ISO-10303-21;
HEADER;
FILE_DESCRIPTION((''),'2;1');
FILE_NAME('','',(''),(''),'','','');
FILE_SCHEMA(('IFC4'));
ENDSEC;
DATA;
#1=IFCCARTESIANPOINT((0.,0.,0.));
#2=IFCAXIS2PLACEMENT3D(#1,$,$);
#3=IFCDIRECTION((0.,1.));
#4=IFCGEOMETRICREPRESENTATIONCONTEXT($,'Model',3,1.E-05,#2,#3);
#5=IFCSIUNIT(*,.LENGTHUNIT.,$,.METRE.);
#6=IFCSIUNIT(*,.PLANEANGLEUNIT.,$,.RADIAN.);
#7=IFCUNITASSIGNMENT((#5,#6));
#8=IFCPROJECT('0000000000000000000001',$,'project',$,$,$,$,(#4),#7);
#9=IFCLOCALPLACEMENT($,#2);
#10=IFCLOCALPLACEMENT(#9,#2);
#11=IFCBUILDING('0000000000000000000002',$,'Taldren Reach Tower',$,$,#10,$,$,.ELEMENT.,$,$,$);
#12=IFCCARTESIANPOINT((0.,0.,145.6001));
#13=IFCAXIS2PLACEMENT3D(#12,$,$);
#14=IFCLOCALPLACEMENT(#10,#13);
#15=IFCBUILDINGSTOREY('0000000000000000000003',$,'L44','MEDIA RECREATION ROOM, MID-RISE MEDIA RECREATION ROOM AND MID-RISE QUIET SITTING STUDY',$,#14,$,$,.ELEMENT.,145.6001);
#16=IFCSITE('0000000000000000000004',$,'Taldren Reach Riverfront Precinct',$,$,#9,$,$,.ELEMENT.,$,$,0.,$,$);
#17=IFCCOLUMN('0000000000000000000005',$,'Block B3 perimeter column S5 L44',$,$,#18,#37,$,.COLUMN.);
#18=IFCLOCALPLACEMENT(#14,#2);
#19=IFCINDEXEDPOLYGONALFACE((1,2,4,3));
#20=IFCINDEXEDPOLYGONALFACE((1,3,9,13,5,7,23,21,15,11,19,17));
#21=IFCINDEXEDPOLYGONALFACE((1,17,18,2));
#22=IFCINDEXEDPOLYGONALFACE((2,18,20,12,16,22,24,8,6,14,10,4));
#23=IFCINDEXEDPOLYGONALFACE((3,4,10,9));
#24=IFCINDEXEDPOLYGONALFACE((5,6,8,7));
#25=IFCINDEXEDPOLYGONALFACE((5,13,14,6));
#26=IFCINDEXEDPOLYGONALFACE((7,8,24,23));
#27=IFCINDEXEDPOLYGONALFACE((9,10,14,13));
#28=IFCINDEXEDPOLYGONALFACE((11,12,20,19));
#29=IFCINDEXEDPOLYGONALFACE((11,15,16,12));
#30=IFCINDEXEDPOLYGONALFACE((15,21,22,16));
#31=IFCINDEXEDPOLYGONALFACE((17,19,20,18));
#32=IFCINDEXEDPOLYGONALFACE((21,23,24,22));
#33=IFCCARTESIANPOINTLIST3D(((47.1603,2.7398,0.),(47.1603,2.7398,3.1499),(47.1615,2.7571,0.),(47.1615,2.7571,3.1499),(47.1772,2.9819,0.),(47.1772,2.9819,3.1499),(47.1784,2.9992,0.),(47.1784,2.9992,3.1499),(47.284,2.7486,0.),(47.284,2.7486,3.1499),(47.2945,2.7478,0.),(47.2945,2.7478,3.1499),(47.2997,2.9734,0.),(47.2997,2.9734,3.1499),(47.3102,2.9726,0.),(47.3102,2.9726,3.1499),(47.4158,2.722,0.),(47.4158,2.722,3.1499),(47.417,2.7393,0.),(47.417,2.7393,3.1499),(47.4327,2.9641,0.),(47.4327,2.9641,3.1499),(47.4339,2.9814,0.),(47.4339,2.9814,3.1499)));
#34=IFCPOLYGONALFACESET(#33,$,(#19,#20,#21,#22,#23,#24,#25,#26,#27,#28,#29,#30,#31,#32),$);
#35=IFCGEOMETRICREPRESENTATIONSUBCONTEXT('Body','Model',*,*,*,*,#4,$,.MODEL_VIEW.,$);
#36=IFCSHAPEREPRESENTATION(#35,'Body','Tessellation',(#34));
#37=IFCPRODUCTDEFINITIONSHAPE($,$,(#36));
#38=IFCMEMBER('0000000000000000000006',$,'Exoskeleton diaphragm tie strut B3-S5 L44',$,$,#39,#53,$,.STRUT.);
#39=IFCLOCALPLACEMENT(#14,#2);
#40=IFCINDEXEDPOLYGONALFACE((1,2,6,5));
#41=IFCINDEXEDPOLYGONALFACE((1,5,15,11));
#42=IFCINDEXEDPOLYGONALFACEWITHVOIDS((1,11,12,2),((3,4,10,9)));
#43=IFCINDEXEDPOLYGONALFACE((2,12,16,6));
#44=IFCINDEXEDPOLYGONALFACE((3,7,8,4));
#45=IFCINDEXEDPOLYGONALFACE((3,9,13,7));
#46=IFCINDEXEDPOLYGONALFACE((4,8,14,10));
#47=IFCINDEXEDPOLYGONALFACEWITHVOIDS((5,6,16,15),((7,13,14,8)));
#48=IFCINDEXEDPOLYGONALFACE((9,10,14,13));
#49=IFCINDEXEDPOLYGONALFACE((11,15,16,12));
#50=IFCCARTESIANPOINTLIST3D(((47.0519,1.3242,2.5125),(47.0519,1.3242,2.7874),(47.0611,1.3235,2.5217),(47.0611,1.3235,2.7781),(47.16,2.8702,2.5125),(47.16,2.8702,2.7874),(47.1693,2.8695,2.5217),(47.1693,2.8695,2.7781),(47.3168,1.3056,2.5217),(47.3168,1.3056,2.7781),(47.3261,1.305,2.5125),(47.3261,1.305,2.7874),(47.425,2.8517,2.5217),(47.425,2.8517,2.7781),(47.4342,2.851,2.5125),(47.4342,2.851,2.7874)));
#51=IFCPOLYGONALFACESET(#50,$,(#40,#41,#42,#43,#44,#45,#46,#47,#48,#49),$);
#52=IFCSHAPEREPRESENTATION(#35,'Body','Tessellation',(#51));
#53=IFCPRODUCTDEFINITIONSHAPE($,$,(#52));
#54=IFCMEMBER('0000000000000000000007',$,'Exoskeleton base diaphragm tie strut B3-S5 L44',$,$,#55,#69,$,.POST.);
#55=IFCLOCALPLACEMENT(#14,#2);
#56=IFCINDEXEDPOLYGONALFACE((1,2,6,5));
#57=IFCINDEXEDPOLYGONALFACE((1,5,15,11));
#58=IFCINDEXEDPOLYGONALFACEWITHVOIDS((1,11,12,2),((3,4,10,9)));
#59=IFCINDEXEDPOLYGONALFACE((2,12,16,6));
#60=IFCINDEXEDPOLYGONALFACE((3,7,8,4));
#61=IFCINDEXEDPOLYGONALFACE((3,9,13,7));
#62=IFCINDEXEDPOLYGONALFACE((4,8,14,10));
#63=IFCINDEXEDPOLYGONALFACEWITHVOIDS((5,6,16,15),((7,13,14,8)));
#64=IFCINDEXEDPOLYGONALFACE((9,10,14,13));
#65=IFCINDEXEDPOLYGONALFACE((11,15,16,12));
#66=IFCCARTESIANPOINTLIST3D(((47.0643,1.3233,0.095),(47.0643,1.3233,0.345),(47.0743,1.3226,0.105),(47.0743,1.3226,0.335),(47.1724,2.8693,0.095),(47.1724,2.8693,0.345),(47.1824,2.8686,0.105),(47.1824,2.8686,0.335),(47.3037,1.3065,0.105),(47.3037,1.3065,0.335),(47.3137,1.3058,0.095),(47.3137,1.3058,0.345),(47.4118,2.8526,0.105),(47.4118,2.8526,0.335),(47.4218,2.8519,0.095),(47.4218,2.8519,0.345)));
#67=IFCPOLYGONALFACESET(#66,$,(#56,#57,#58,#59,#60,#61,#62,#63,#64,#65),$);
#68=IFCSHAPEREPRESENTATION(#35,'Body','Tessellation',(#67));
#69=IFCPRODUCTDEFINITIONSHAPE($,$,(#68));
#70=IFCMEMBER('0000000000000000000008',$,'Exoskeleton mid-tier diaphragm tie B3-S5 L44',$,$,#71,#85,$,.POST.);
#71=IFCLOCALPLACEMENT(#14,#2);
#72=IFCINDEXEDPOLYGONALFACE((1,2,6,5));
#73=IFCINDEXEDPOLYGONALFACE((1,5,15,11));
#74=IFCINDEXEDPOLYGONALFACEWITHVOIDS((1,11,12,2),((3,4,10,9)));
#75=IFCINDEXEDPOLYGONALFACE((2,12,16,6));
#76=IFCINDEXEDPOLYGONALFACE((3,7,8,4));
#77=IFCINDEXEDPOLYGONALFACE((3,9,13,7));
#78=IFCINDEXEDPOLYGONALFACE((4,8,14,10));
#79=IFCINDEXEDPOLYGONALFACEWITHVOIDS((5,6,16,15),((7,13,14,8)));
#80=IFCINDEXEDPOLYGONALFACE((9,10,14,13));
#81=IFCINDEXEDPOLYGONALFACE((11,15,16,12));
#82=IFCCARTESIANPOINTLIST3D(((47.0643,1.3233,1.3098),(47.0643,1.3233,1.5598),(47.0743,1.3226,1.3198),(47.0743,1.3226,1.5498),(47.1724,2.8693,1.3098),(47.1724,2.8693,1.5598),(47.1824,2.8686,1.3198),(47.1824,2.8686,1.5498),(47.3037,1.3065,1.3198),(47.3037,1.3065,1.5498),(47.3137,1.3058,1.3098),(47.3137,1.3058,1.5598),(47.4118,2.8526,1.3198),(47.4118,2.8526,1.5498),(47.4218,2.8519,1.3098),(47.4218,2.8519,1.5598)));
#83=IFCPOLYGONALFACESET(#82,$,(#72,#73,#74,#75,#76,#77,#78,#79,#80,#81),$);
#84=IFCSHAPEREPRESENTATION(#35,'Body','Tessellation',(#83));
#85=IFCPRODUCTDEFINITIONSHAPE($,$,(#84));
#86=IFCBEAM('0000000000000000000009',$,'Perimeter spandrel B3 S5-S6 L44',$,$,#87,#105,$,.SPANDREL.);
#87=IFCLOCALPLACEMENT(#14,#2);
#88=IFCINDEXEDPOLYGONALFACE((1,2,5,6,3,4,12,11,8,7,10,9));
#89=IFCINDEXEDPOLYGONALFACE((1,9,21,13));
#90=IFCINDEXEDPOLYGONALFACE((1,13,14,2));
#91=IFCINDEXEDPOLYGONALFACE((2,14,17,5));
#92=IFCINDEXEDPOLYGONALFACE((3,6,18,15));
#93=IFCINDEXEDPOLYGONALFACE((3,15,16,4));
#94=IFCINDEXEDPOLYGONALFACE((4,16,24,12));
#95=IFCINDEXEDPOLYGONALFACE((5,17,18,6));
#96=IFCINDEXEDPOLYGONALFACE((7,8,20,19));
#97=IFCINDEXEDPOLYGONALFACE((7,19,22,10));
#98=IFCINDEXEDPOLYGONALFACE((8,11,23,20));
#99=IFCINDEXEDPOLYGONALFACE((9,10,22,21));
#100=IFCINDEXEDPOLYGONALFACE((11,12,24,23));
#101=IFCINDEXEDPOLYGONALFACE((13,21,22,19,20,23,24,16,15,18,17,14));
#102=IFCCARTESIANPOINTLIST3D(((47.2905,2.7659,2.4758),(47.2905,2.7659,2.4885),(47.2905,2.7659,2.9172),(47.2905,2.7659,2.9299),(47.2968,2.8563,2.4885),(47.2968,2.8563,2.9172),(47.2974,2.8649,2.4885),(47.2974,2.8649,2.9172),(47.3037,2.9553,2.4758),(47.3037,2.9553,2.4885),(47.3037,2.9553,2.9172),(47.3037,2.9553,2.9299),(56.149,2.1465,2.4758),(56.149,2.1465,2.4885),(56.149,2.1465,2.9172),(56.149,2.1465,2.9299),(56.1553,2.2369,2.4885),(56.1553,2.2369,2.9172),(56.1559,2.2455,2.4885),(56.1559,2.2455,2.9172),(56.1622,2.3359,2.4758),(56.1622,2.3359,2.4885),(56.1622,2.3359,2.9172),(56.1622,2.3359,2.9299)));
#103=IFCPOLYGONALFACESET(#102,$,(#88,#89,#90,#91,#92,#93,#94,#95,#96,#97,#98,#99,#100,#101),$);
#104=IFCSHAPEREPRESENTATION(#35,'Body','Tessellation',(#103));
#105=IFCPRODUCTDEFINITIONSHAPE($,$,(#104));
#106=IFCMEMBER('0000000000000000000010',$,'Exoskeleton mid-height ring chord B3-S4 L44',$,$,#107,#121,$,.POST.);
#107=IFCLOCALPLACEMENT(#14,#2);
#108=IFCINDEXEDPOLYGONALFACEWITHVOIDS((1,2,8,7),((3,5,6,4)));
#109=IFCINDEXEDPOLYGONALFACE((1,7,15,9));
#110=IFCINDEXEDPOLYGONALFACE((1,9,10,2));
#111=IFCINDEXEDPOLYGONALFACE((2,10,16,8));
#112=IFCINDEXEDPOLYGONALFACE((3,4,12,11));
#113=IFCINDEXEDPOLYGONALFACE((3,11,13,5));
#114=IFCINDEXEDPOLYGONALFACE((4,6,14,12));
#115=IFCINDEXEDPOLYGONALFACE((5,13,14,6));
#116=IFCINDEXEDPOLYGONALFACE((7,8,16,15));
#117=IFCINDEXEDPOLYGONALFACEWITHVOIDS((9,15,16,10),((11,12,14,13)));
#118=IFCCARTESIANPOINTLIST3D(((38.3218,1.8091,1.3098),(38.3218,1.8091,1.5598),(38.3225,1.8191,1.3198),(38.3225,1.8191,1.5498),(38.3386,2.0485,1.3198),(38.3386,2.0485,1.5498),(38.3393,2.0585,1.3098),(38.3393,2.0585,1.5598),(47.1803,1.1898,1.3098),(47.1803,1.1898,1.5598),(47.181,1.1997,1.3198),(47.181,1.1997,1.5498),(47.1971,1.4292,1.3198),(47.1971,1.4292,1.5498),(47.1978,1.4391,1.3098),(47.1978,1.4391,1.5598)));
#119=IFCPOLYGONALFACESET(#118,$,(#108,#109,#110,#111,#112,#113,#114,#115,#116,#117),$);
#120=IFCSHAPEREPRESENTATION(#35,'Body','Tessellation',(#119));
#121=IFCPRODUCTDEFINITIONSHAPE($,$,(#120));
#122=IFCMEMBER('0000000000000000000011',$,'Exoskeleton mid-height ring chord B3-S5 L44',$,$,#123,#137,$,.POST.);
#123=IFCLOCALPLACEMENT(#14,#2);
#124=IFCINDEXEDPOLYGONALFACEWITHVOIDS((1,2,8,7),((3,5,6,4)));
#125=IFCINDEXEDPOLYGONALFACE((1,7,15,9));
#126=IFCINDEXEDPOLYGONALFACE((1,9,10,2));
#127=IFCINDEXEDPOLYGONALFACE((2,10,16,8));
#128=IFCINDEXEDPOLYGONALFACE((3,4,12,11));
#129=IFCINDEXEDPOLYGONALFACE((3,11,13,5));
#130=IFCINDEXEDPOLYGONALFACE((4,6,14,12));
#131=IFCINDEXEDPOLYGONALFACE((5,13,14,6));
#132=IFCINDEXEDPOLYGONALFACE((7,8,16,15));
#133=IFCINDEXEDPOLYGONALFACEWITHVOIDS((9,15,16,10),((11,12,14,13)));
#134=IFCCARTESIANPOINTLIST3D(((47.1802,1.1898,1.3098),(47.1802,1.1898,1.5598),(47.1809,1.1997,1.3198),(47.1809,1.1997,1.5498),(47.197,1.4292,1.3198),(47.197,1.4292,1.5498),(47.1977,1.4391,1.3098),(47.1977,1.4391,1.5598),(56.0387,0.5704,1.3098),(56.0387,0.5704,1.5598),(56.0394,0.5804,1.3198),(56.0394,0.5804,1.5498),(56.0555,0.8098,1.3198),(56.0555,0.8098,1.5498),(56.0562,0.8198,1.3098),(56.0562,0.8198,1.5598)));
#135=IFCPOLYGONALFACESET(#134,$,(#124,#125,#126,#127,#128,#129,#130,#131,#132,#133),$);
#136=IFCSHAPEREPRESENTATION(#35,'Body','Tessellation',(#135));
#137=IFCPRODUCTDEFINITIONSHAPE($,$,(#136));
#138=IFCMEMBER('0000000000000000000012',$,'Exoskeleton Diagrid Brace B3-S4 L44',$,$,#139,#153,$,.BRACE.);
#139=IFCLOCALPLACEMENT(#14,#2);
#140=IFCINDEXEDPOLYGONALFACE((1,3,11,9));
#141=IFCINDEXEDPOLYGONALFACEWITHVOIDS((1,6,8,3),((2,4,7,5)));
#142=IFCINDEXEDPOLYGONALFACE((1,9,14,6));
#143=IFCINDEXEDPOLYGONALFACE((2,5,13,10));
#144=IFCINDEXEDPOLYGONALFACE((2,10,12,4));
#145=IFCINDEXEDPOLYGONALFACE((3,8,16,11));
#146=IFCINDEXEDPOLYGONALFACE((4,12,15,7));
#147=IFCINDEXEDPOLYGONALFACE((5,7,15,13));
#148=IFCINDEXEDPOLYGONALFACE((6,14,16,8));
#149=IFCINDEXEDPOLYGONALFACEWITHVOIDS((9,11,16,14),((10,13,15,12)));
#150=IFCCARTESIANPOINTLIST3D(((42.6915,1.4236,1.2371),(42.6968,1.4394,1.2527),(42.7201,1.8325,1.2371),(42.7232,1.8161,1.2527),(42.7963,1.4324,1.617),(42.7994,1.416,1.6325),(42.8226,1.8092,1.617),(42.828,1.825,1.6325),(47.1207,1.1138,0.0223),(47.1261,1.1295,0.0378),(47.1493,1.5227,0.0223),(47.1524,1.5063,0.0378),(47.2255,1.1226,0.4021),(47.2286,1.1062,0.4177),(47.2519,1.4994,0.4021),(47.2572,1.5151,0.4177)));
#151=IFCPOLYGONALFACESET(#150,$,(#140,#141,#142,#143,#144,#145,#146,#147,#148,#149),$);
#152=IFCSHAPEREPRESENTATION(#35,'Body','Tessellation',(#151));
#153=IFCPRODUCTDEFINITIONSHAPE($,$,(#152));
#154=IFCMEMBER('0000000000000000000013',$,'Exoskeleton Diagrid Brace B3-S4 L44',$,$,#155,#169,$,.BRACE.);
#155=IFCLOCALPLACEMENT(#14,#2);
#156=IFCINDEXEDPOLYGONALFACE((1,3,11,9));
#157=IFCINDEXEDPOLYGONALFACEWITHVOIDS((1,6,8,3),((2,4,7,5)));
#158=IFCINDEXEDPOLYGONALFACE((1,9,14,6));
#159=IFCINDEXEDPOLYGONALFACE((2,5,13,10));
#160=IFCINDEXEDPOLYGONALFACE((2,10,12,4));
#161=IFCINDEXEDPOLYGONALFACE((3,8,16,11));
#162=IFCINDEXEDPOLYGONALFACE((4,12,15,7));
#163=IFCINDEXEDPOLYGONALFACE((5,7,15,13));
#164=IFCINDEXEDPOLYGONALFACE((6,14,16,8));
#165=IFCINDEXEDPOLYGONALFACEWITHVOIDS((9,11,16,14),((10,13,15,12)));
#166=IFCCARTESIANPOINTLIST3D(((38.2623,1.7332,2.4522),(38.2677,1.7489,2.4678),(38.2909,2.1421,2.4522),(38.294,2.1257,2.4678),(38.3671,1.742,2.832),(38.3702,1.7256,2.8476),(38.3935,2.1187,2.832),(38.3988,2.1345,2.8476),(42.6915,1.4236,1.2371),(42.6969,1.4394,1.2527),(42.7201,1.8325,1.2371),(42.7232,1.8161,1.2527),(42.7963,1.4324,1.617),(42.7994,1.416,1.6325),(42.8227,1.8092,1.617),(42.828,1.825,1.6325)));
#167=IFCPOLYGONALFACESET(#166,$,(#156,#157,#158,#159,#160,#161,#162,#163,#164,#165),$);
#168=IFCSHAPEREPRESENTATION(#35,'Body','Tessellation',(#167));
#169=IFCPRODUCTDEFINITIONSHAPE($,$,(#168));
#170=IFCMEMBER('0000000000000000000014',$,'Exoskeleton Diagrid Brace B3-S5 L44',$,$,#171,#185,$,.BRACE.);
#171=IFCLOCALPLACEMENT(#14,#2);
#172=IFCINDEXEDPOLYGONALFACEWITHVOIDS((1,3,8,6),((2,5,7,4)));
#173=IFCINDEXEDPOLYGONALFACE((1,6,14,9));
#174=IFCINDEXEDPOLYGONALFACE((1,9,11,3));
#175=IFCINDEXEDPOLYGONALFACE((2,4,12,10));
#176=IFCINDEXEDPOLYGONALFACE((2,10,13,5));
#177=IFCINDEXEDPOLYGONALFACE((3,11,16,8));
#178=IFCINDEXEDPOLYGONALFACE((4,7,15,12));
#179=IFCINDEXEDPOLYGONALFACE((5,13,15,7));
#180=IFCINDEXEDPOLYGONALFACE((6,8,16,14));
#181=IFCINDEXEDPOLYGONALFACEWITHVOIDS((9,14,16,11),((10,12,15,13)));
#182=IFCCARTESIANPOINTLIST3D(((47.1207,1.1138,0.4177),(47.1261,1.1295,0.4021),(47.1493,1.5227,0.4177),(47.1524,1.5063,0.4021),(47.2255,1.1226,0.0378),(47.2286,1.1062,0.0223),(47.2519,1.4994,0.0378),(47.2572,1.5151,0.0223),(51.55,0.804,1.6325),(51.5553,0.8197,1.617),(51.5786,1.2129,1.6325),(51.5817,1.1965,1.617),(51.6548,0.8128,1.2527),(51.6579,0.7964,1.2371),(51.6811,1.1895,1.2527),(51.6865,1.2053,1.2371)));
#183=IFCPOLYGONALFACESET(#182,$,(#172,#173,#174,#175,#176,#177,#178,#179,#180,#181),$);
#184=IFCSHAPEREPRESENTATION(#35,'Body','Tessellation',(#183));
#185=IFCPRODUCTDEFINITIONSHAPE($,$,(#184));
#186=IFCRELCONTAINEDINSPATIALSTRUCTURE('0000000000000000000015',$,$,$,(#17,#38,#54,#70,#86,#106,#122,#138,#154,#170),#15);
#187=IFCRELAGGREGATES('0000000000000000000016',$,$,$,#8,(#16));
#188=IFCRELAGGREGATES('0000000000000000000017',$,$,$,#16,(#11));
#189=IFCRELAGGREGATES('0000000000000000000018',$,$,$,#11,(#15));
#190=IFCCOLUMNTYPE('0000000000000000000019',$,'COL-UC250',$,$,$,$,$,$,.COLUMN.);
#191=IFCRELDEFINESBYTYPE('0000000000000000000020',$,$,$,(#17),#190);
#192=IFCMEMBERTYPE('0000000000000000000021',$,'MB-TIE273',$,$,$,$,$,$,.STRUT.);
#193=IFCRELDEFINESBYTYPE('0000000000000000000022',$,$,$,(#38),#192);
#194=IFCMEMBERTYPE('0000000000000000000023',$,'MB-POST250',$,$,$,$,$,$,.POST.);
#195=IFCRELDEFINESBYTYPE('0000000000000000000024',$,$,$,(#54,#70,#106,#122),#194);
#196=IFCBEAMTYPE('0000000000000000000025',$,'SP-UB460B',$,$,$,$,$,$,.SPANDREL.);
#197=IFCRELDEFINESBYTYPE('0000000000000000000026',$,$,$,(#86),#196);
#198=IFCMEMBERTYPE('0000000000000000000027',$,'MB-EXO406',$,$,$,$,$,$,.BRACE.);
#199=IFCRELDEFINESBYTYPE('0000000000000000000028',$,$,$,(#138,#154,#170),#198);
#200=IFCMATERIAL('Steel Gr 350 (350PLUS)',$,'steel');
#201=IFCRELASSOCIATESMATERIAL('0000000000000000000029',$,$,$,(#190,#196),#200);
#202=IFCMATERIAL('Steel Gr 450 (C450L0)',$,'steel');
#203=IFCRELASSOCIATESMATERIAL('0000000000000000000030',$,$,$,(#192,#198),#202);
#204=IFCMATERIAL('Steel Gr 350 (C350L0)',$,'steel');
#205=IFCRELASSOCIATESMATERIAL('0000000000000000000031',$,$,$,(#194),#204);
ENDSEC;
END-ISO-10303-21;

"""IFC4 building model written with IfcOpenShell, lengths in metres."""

from ifc_helpers import new_model, si_unit, direction, frame, origin, origin_2d, place, context, subcontext, project, spatial, hollow_rectangle, i_section, extrude, source, transform, mapped, material, material_profile, profile_set, type_object, element, save


model = new_model("IFC4")

# Units and contexts
model_context = context("Model", 3, precision=1e-05, world=origin(), true_north=direction((0.0, 1.0)))
body_context = subcontext(model_context, "Body", "Model", "MODEL_VIEW")
ifc_project = project(units=[si_unit("LENGTHUNIT", "METRE"), si_unit("PLANEANGLEUNIT", "RADIAN")], contexts=[model_context])

# Site, building, storey
site_placement = place(None, origin())
site = spatial("IfcSite", under=ifc_project, at=site_placement, Name="Taldren Reach Riverfront Precinct", CompositionType="ELEMENT", RefElevation=0.0)
building_placement = place(site_placement, origin())
building = spatial("IfcBuilding", under=site, at=building_placement, Name="Taldren Reach Tower", CompositionType="ELEMENT")
storey_placement = place(building_placement, frame((0.0, 0.0, 145.6001)))
storey = spatial("IfcBuildingStorey", under=building, at=storey_placement, Name="L44", Description="MEDIA RECREATION ROOM, MID-RISE MEDIA RECREATION ROOM AND MID-RISE QUIET SITTING STUDY", CompositionType="ELEMENT", Elevation=145.6001)

# Column
ifc_material_1 = material(Name="Steel Gr 350 (350PLUS)", Category="steel")
ifc_material_profile_1 = material_profile(ifc_material_1, i_section(OverallWidth=0.2561, OverallDepth=0.26, WebThickness=0.0105, FlangeThickness=0.0173, at=origin_2d()), Name="250UC89.5")
ifc_profile_set_1 = profile_set([ifc_material_profile_1], Name="Steel Gr 350 (350PLUS)")
column_type = type_object("IfcColumnType", Name="COL-UC250", PredefinedType="COLUMN", material=ifc_profile_set_1)
shared_shape_1 = source(origin(), body_context, "Body", "SweptSolid", [
    extrude(i_section(OverallWidth=0.2561, OverallDepth=0.26, WebThickness=0.0105, FlangeThickness=0.0173, at=origin_2d()), origin(), (0.0, 0.0, 1.0), 3.1499),
])
column_placement = place(storey_placement, frame((47.2971, 2.8606, 0.0), z_axis=(0.0, 0.0, 1.0), x_axis=(0.997564, -0.069756, 0.0)))
element("IfcColumn", 1, at=column_placement, inside=storey, type_object=column_type, Name="Block B3 perimeter column S5 L44", PredefinedType="COLUMN", context=body_context, shape_type="MappedRepresentation", body=[
    mapped(shared_shape_1, transform((0.0, 0.0, 0.0), scale=1.0)),
])

# Members
ifc_material_2 = material(Name="Steel Gr 450 (C450L0)", Category="steel")
ifc_material_profile_2 = material_profile(ifc_material_2, hollow_rectangle(XDim=0.2749, YDim=0.2749, WallThickness=0.0093, at=origin_2d()), Name="275x275x9.3SHS")
ifc_profile_set_2 = profile_set([ifc_material_profile_2], Name="Steel Gr 450 (C450L0)")
member_type_1 = type_object("IfcMemberType", Name="MB-TIE273", PredefinedType="STRUT", material=ifc_profile_set_2)
shared_shape_2 = source(origin(), body_context, "Body", "SweptSolid", [
    extrude(hollow_rectangle(XDim=0.2749, YDim=0.2749, WallThickness=0.0093, at=origin_2d()), origin(), (0.0, 0.0, 1.0), 1.5498),
])
member_1_placement = place(storey_placement, frame((47.2971, 2.8606, 2.6499), z_axis=(-0.069781, -0.997562, 0.0), x_axis=(0.997562, -0.069781, 0.0)))
element("IfcMember", 2, at=member_1_placement, inside=storey, type_object=member_type_1, Name="Exoskeleton diaphragm tie strut B3-S5 L44", PredefinedType="STRUT", context=body_context, shape_type="MappedRepresentation", body=[
    mapped(shared_shape_2, transform((0.0, 0.0, 0.0), scale=1.0)),
])
ifc_material_3 = material(Name="Steel Gr 350 (C350L0)", Category="steel")
ifc_material_profile_3 = material_profile(ifc_material_3, hollow_rectangle(XDim=0.25, YDim=0.25, WallThickness=0.01, at=origin_2d()), Name="250x250x10.0SHS")
ifc_profile_set_3 = profile_set([ifc_material_profile_3], Name="Steel Gr 350 (C350L0)")
member_type_2 = type_object("IfcMemberType", Name="MB-POST250", PredefinedType="POST", material=ifc_profile_set_3)
shared_shape_3 = source(origin(), body_context, "Body", "SweptSolid", [
    extrude(hollow_rectangle(XDim=0.25, YDim=0.25, WallThickness=0.01, at=origin_2d()), origin(), (0.0, 0.0, 1.0), 1.5498),
])
for number, where, z_axis, x_axis, name in (
    (3, (47.2971, 2.8606, 0.22), (-0.069781, -0.997562, 0.0), (0.997562, -0.069781, 0.0), "Exoskeleton base diaphragm tie strut B3-S5 L44"),
    (4, (47.2971, 2.8606, 1.4348), (-0.069781, -0.997562, 0.0), (0.997562, -0.069781, 0.0), "Exoskeleton mid-tier diaphragm tie B3-S5 L44"),
):
    element("IfcMember", number, at=place(storey_placement, frame(where, z_axis=z_axis, x_axis=x_axis)), inside=storey, type_object=member_type_2, Name=name, PredefinedType="POST", context=body_context, shape_type="MappedRepresentation", body=[
        mapped(shared_shape_3, transform((0.0, 0.0, 0.0), scale=1.0)),
    ])

# Beam
ifc_material_profile_4 = material_profile(ifc_material_1, i_section(OverallWidth=0.1899, OverallDepth=0.4541, WebThickness=0.0085, FlangeThickness=0.0127, at=origin_2d()), Name="460UB67.1")
ifc_profile_set_4 = profile_set([ifc_material_profile_4], Name="Steel Gr 350 (350PLUS)")
beam_type = type_object("IfcBeamType", Name="SP-UB460B", PredefinedType="SPANDREL", material=ifc_profile_set_4)
shared_shape_4 = source(origin(), body_context, "Body", "SweptSolid", [
    extrude(i_section(OverallWidth=0.1899, OverallDepth=0.4541, WebThickness=0.0085, FlangeThickness=0.0127, at=origin_2d()), origin(), (0.0, 0.0, 1.0), 8.8801),
])
beam_placement = place(storey_placement, frame((47.2971, 2.8606, 2.7029), z_axis=(0.997564, -0.06975, 0.0), x_axis=(0.06975, 0.997564, 0.0)))
element("IfcBeam", 5, at=beam_placement, inside=storey, type_object=beam_type, Name="Perimeter spandrel B3 S5-S6 L44", PredefinedType="SPANDREL", context=body_context, shape_type="MappedRepresentation", body=[
    mapped(shared_shape_4, transform((0.0, 0.0, 0.0), scale=1.0)),
])

# Members
shared_shape_5 = source(origin(), body_context, "Body", "SweptSolid", [
    extrude(hollow_rectangle(XDim=0.25, YDim=0.25, WallThickness=0.01, at=origin_2d()), origin(), (0.0, 0.0, 1.0), 8.8801),
])
for number, where, z_axis, x_axis, name in (
    (6, (38.3306, 1.9338, 1.4348), (0.997564, -0.06975, 0.0), (0.06975, 0.997564, 0.0), "Exoskeleton mid-height ring chord B3-S4 L44"),
    (7, (47.189, 1.3145, 1.4348), (0.997564, -0.06975, 0.0), (0.06975, 0.997564, 0.0), "Exoskeleton mid-height ring chord B3-S5 L44"),
):
    element("IfcMember", number, at=place(storey_placement, frame(where, z_axis=z_axis, x_axis=x_axis)), inside=storey, type_object=member_type_2, Name=name, PredefinedType="POST", context=body_context, shape_type="MappedRepresentation", body=[
        mapped(shared_shape_5, transform((0.0, 0.0, 0.0), scale=1.0)),
    ])
ifc_material_profile_5 = material_profile(ifc_material_2, hollow_rectangle(XDim=0.4099, YDim=0.4099, WallThickness=0.0161, at=origin_2d()), Name="410x410x16.0SHS")
ifc_profile_set_5 = profile_set([ifc_material_profile_5], Name="Steel Gr 450 (C450L0)")
member_type_3 = type_object("IfcMemberType", Name="MB-EXO406", PredefinedType="BRACE", material=ifc_profile_set_5)
shared_shape_6 = source(origin(), body_context, "Body", "SweptSolid", [
    extrude(hollow_rectangle(XDim=0.4099, YDim=0.4099, WallThickness=0.0161, at=origin_2d()), origin(), (0.0, 0.0, 1.0), 4.6033),
])
for number, where, z_axis, x_axis, name in (
    (8, (47.189, 1.3145, 0.22), (-0.962196, 0.067304, 0.263912), (-0.069778, -0.997563, 0.0), "Exoskeleton Diagrid Brace B3-S4 L44"),
    (9, (42.7598, 1.6243, 1.4348), (-0.962186, 0.06725, 0.263962), (-0.069723, -0.997566, 0.0), "Exoskeleton Diagrid Brace B3-S4 L44"),
    (10, (47.189, 1.3145, 0.22), (0.962196, -0.067304, 0.263912), (0.069778, 0.997563, 0.0), "Exoskeleton Diagrid Brace B3-S5 L44"),
):
    element("IfcMember", number, at=place(storey_placement, frame(where, z_axis=z_axis, x_axis=x_axis)), inside=storey, type_object=member_type_3, Name=name, PredefinedType="BRACE", context=body_context, shape_type="MappedRepresentation", body=[
        mapped(shared_shape_6, transform((0.0, 0.0, 0.0), scale=1.0)),
    ])

save(model, "model.ifc")
